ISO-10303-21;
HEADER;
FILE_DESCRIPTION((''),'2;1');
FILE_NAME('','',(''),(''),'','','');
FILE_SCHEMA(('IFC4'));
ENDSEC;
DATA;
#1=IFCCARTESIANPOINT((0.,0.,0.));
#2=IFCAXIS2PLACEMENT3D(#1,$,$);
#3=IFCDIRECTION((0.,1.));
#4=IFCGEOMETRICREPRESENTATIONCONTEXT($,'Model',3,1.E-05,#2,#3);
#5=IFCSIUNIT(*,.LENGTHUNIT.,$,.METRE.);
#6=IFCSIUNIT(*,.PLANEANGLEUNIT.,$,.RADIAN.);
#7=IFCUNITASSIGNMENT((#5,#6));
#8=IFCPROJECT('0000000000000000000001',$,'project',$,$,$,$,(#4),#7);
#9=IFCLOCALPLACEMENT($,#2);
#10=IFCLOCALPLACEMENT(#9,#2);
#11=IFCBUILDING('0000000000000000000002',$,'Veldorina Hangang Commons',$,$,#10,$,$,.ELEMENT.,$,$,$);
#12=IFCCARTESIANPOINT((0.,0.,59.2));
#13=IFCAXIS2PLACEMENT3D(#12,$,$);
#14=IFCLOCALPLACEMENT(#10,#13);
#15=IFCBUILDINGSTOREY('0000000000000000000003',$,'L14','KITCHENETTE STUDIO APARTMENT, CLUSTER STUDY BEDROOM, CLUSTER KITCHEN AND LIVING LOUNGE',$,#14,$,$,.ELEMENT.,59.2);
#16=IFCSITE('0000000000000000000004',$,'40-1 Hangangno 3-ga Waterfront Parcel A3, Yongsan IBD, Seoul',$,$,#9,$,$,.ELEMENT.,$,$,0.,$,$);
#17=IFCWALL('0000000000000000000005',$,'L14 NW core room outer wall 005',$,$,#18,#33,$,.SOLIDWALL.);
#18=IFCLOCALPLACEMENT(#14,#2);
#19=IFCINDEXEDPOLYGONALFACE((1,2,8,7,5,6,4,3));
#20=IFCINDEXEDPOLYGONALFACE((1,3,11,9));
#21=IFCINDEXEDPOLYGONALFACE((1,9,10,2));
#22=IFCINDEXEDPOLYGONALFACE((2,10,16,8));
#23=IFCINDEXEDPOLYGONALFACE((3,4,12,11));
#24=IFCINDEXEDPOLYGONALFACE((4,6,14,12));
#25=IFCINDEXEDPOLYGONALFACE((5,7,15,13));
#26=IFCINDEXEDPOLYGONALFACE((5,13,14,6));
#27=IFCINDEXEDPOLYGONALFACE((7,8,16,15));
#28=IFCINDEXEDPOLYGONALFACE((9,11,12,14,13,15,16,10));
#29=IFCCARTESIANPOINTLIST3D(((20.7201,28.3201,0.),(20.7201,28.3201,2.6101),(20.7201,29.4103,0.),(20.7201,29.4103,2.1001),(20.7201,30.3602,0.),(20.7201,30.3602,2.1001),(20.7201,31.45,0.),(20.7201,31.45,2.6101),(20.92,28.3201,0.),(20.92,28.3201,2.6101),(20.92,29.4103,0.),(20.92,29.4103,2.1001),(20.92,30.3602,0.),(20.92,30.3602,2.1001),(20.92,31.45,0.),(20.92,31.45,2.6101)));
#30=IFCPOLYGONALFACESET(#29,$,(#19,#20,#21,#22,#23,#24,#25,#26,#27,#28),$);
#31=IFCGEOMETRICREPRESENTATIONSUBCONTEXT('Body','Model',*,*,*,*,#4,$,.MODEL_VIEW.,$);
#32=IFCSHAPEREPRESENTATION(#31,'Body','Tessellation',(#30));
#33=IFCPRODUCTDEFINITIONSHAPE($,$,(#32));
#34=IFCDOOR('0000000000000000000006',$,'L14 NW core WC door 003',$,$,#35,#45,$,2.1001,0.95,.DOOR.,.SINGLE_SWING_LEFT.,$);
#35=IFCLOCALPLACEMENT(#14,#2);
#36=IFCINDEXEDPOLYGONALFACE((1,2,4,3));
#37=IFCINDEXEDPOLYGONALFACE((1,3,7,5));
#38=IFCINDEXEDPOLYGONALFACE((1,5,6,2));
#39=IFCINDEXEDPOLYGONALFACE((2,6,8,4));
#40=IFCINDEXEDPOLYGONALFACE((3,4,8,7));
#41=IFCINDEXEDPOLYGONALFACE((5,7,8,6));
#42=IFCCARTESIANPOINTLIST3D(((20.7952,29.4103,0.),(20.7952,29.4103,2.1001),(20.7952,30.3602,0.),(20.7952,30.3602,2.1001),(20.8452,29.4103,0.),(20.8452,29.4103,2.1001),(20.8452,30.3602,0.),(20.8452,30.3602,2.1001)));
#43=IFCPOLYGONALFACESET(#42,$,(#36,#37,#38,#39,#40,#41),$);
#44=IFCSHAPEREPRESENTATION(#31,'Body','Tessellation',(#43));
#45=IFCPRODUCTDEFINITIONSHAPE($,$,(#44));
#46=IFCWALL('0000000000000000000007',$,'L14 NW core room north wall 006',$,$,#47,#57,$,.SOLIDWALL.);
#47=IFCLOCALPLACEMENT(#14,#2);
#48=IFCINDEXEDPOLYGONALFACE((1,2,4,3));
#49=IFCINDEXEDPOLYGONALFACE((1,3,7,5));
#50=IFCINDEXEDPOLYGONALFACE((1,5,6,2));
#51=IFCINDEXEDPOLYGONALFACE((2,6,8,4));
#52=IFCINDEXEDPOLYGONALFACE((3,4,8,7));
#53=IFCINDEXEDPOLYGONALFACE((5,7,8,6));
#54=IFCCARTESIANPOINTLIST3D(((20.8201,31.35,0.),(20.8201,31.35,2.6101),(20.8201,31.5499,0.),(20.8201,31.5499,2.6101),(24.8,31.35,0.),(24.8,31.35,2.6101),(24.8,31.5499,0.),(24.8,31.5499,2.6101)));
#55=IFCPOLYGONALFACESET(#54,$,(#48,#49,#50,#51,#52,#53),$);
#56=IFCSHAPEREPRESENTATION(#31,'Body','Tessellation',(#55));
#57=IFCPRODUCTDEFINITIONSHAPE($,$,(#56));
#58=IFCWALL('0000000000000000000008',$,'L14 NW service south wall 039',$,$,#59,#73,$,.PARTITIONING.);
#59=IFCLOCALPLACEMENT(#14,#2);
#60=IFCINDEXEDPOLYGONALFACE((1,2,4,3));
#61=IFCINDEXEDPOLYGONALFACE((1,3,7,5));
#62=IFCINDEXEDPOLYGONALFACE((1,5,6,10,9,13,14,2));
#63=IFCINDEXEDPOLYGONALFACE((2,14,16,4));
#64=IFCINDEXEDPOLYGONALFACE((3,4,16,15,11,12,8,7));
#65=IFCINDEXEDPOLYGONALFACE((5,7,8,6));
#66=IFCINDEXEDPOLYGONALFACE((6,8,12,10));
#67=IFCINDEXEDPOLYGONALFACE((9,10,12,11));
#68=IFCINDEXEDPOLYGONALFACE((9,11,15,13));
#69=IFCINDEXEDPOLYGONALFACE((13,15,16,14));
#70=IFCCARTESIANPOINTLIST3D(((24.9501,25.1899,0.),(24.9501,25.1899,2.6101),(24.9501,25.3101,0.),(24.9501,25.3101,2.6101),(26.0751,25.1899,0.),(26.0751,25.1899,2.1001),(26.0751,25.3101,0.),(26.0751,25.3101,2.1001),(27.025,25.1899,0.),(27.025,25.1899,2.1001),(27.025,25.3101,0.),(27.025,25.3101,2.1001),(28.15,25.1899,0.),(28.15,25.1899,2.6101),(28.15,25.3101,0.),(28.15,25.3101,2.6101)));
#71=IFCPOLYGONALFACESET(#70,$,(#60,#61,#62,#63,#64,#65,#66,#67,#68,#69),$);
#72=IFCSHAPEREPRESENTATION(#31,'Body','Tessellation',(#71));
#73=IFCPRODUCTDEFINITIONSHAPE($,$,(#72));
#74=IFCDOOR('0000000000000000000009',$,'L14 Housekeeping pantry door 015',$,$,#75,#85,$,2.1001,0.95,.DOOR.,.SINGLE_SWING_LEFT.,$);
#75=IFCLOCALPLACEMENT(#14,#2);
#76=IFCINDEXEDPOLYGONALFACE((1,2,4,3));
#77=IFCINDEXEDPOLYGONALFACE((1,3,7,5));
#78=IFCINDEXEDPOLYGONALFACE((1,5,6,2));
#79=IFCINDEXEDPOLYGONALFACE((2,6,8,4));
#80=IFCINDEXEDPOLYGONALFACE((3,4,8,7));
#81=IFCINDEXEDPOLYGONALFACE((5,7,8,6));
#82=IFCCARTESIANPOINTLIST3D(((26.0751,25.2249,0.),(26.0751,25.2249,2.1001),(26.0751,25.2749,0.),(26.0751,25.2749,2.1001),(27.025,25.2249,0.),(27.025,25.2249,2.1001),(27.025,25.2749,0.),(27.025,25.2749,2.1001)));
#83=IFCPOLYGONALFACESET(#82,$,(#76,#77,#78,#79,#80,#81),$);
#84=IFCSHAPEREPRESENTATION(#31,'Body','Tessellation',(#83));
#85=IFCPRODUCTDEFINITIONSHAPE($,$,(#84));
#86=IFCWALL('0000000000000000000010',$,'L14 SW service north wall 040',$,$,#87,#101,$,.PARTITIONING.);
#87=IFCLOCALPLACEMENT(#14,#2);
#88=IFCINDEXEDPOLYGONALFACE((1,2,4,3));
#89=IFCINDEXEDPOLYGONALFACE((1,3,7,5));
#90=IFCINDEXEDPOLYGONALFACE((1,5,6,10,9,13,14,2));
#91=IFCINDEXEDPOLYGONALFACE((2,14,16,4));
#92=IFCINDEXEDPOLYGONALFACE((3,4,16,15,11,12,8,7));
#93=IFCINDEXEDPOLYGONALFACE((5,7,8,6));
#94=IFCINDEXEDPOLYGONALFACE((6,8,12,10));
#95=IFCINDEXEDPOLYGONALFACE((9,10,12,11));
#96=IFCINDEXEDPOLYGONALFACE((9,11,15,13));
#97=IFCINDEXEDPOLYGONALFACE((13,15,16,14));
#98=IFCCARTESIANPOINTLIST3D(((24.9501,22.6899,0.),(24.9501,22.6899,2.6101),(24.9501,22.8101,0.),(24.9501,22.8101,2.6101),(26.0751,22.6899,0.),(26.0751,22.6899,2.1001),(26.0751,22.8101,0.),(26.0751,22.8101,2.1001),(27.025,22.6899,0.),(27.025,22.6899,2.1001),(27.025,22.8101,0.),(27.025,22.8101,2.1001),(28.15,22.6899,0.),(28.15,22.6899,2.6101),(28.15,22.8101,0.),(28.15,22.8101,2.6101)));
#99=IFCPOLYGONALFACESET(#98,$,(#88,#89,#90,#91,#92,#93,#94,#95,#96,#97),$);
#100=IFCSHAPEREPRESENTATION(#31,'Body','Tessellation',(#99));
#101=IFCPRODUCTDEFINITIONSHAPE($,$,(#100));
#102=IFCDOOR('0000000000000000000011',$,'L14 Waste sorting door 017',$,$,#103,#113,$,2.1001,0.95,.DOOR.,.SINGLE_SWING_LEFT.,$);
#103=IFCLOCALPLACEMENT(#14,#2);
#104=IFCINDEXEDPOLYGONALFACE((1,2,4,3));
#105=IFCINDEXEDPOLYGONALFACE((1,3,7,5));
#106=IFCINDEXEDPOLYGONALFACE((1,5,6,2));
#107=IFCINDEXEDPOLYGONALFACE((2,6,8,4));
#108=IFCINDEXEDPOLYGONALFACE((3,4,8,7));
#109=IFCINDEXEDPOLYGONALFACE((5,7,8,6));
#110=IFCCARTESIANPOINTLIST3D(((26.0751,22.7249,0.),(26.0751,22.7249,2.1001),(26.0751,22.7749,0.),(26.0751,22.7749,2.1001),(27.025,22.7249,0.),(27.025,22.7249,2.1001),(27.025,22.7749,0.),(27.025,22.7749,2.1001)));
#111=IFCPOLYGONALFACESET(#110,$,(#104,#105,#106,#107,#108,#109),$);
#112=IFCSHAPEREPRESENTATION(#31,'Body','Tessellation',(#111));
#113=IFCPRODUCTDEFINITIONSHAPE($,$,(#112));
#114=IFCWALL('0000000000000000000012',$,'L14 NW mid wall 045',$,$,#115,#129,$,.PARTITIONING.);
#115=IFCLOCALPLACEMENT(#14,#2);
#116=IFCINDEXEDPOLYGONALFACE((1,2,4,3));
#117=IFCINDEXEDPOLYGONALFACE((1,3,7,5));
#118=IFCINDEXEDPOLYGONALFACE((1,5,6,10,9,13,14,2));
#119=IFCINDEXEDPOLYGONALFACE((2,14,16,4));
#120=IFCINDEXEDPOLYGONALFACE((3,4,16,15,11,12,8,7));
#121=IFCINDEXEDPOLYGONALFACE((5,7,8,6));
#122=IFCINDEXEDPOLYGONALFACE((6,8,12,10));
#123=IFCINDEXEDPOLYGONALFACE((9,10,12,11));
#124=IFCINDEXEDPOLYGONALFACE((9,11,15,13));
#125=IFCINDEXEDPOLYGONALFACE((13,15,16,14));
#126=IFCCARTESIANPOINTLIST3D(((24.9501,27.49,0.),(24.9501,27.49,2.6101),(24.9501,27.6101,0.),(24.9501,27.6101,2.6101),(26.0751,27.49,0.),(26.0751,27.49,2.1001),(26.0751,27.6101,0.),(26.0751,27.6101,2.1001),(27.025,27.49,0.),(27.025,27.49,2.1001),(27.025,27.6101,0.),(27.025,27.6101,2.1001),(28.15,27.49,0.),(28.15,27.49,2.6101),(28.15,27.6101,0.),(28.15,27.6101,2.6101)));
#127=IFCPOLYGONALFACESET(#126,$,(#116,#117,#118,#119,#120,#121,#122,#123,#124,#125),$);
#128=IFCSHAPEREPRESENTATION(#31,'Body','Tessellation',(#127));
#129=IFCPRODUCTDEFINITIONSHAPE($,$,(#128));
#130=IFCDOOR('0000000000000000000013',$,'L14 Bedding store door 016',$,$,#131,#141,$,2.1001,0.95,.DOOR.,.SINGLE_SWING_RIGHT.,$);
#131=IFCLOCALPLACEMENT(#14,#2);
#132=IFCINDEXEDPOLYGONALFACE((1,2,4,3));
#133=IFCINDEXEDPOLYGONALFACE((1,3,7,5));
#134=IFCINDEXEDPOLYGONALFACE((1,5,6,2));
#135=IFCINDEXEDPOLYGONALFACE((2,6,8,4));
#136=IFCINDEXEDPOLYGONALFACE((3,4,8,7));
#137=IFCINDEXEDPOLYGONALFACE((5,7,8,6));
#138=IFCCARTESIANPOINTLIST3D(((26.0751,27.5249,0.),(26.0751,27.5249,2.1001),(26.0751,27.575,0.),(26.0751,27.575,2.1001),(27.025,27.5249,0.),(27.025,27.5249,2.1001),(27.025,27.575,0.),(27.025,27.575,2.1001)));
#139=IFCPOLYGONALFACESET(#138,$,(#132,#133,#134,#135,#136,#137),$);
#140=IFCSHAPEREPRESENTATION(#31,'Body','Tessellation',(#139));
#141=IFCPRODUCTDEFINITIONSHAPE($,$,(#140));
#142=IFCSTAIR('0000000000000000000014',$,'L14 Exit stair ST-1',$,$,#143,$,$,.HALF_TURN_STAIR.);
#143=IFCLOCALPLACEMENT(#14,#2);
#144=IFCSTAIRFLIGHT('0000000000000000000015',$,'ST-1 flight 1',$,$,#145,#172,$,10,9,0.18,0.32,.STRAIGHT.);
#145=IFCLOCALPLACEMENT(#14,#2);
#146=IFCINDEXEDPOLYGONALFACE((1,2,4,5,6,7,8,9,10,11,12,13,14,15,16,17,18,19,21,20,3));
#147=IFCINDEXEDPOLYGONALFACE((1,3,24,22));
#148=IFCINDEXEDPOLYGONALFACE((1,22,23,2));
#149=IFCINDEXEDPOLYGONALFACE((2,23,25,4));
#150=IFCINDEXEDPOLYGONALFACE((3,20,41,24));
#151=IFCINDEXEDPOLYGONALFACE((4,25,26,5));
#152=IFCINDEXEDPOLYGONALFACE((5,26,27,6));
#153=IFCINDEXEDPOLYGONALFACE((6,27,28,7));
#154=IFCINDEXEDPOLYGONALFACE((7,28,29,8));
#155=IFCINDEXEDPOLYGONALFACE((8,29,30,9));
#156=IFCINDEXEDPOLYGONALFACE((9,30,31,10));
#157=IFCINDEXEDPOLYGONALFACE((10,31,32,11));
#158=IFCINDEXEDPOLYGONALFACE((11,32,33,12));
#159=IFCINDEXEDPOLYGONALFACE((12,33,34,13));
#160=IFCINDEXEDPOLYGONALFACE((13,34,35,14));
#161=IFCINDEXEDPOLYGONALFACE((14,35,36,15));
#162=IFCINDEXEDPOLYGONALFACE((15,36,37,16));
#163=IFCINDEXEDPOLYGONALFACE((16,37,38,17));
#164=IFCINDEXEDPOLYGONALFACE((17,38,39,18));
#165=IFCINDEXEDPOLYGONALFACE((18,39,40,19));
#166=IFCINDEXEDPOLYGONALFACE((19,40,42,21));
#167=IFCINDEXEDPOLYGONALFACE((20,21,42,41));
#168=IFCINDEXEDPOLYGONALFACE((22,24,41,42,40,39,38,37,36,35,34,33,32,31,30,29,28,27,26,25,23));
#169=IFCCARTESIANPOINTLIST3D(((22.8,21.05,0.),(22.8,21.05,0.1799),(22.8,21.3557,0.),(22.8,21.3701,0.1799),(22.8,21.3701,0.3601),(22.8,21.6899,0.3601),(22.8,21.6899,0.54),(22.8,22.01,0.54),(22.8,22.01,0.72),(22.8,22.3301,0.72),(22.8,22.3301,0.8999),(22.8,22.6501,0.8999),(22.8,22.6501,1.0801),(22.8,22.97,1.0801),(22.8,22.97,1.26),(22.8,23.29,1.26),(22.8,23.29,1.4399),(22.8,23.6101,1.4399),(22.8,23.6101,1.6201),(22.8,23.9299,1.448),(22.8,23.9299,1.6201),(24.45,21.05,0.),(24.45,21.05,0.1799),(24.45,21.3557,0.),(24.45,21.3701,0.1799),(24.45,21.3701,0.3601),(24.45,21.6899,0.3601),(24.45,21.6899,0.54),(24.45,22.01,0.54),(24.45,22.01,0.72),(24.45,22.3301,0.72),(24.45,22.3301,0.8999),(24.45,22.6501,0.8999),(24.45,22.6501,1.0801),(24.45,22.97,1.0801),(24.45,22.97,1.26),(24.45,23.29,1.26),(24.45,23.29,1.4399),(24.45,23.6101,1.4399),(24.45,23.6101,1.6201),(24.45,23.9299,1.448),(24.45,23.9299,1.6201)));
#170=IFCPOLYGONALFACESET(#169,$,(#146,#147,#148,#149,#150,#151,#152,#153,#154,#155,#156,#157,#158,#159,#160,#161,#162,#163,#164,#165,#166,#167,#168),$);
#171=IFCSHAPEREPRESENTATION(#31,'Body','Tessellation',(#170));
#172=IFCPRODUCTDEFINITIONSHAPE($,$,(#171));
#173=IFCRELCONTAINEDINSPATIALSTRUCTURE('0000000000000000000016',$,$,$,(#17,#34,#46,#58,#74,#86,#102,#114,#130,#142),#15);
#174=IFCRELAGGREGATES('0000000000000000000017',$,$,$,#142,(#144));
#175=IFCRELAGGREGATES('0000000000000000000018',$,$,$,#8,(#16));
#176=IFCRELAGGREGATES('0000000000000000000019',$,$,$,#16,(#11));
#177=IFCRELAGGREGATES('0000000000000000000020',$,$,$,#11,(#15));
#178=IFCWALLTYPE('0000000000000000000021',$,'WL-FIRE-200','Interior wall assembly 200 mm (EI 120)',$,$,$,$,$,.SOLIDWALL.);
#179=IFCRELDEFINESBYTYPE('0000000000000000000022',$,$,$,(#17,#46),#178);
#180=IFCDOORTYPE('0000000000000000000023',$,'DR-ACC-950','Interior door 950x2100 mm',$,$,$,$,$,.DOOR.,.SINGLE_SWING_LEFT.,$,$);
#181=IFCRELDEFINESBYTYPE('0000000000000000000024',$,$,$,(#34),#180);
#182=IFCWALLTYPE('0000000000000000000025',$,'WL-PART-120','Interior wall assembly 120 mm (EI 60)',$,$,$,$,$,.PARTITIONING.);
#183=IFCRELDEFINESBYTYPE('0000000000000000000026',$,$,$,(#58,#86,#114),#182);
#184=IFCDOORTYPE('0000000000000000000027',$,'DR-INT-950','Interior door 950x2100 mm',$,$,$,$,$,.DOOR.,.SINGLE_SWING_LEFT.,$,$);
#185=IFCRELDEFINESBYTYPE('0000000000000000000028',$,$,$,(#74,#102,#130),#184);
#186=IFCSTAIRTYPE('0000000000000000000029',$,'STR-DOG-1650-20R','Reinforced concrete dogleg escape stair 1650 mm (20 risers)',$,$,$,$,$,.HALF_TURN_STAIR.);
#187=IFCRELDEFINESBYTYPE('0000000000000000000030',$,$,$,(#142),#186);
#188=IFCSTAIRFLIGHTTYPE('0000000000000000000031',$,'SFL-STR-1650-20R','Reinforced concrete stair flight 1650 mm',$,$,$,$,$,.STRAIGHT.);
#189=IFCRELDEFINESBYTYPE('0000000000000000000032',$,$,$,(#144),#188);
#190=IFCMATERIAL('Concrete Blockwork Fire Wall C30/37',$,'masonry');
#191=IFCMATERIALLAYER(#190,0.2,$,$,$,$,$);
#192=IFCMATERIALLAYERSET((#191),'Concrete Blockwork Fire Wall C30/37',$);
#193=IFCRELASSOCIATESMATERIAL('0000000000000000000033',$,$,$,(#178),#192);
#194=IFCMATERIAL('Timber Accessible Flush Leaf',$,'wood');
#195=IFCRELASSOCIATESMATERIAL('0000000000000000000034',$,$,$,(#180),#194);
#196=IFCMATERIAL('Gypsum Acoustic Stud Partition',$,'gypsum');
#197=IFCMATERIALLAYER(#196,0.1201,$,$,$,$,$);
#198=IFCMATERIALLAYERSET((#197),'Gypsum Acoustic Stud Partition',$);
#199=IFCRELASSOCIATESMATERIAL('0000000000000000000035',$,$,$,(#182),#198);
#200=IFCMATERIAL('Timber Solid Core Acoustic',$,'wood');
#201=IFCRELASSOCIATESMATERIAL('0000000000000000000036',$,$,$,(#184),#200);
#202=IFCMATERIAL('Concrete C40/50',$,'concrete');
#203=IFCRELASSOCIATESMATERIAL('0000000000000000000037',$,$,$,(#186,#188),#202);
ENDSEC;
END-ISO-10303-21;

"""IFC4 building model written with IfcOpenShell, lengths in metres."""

from ifc_helpers import new_model, si_unit, direction, frame, frame_2d, origin, place, context, subcontext, project, spatial, polyline, rectangle, outline, extrude, material, layer, layer_set, type_object, element, fill, aggregate, save


model = new_model("IFC4")

# Units and contexts
model_context = context("Model", 3, precision=1e-05, world=origin(), true_north=direction((0.0, 1.0)))
body_context = subcontext(model_context, "Body", "Model", "MODEL_VIEW")
ifc_project = project(units=[si_unit("LENGTHUNIT", "METRE"), si_unit("PLANEANGLEUNIT", "RADIAN")], contexts=[model_context])

# Site, building, storey
site_placement = place(None, origin())
site = spatial("IfcSite", under=ifc_project, at=site_placement, Name="40-1 Hangangno 3-ga Waterfront Parcel A3, Yongsan IBD, Seoul", CompositionType="ELEMENT", RefElevation=0.0)
building_placement = place(site_placement, origin())
building = spatial("IfcBuilding", under=site, at=building_placement, Name="Veldorina Hangang Commons", CompositionType="ELEMENT")
storey_placement = place(building_placement, frame((0.0, 0.0, 59.2)))
storey = spatial("IfcBuildingStorey", under=building, at=storey_placement, Name="L14", Description="KITCHENETTE STUDIO APARTMENT, CLUSTER STUDY BEDROOM, CLUSTER KITCHEN AND LIVING LOUNGE", CompositionType="ELEMENT", Elevation=59.2)

# Wall, opening, door
ifc_material_1 = material(Name="Concrete Blockwork Fire Wall C30/37", Category="masonry")
ifc_layer_1 = layer(ifc_material_1, 0.2)
ifc_layer_set_1 = layer_set([ifc_layer_1], Name="Concrete Blockwork Fire Wall C30/37")
wall_type_1 = type_object("IfcWallType", Name="WL-FIRE-200", Description="Interior wall assembly 200 mm (EI 120)", PredefinedType="SOLIDWALL", material=ifc_layer_set_1)
wall_1_placement = place(storey_placement, frame((20.8201, 28.3201, 0.0), z_axis=(0.0, 0.0, 1.0), x_axis=(0.0, 1.0, 0.0)))
wall_1 = element("IfcWall", 1, at=wall_1_placement, inside=storey, type_object=wall_type_1, Name="L14 NW core room outer wall 005", PredefinedType="SOLIDWALL", context=body_context, shape_type="SweptSolid", body=[
    extrude(rectangle(XDim=3.1299, YDim=0.2, at=frame_2d((1.5649, 0.0))), origin(), (0.0, 0.0, 1.0), 2.6101),
])
opening_1_placement = place(wall_1_placement, frame((1.0901, 0.0, 0.0)))
opening_1 = element("IfcOpeningElement", 2, at=opening_1_placement, cuts=wall_1, PredefinedType="OPENING", context=body_context, shape_type="SweptSolid", body=[
    extrude(rectangle(XDim=0.95, YDim=2.1001, at=frame_2d((0.4751, 1.05))), frame((0.0, 0.1099, 0.0), z_axis=(0.0, -1.0, 0.0), x_axis=(1.0, 0.0, 0.0)), (0.0, 0.0, 1.0), 0.22),
])
ifc_material_2 = material(Name="Timber Accessible Flush Leaf", Category="wood")
door_type_1 = type_object("IfcDoorType", Name="DR-ACC-950", Description="Interior door 950x2100 mm", OperationType="SINGLE_SWING_LEFT", PredefinedType="DOOR", material=ifc_material_2)
door_1_placement = place(opening_1_placement, origin())
door_1 = element("IfcDoor", 3, at=door_1_placement, inside=storey, type_object=door_type_1, Name="L14 NW core WC door 003", OperationType="SINGLE_SWING_LEFT", OverallHeight=2.1001, OverallWidth=0.95, PredefinedType="DOOR", context=body_context, shape_type="SweptSolid", body=[
    extrude(rectangle(XDim=0.95, YDim=2.1001, at=frame_2d((0.4751, 1.05))), frame((0.0, 0.0249, 0.0), z_axis=(0.0, -1.0, 0.0), x_axis=(1.0, 0.0, 0.0)), (0.0, 0.0, 1.0), 0.05),
])
fill(opening_1, door_1)

# Wall
wall_2_placement = place(storey_placement, frame((20.8201, 31.45, 0.0), z_axis=(0.0, 0.0, 1.0), x_axis=(1.0, 0.0, 0.0)))
element("IfcWall", 4, at=wall_2_placement, inside=storey, type_object=wall_type_1, Name="L14 NW core room north wall 006", PredefinedType="SOLIDWALL", context=body_context, shape_type="SweptSolid", body=[
    extrude(rectangle(XDim=3.98, YDim=0.2, at=frame_2d((1.99, 0.0))), origin(), (0.0, 0.0, 1.0), 2.6101),
])

# Walls, openings, doors
ifc_material_3 = material(Name="Gypsum Acoustic Stud Partition", Category="gypsum")
ifc_layer_2 = layer(ifc_material_3, 0.1201)
ifc_layer_set_2 = layer_set([ifc_layer_2], Name="Gypsum Acoustic Stud Partition")
wall_type_2 = type_object("IfcWallType", Name="WL-PART-120", Description="Interior wall assembly 120 mm (EI 60)", PredefinedType="PARTITIONING", material=ifc_layer_set_2)
wall_3_placement = place(storey_placement, frame((24.95, 25.25, 0.0), z_axis=(0.0, 0.0, 1.0), x_axis=(1.0, 0.0, 0.0)))
wall_3 = element("IfcWall", 5, at=wall_3_placement, inside=storey, type_object=wall_type_2, Name="L14 NW service south wall 039", PredefinedType="PARTITIONING", context=body_context, shape_type="SweptSolid", body=[
    extrude(rectangle(XDim=3.2, YDim=0.1201, at=frame_2d((1.6001, 0.0))), origin(), (0.0, 0.0, 1.0), 2.6101),
])
opening_2_placement = place(wall_3_placement, frame((1.125, 0.0, 0.0)))
opening_2 = element("IfcOpeningElement", 6, at=opening_2_placement, cuts=wall_3, PredefinedType="OPENING", context=body_context, shape_type="SweptSolid", body=[
    extrude(rectangle(XDim=0.95, YDim=2.1001, at=frame_2d((0.4751, 1.05))), frame((0.0, 0.0701, 0.0), z_axis=(0.0, -1.0, 0.0), x_axis=(1.0, 0.0, 0.0)), (0.0, 0.0, 1.0), 0.1401),
])
ifc_material_4 = material(Name="Timber Solid Core Acoustic", Category="wood")
door_type_2 = type_object("IfcDoorType", Name="DR-INT-950", Description="Interior door 950x2100 mm", OperationType="SINGLE_SWING_LEFT", PredefinedType="DOOR", material=ifc_material_4)
door_2_placement = place(opening_2_placement, origin())
door_2 = element("IfcDoor", 7, at=door_2_placement, inside=storey, type_object=door_type_2, Name="L14 Housekeeping pantry door 015", OperationType="SINGLE_SWING_LEFT", OverallHeight=2.1001, OverallWidth=0.95, PredefinedType="DOOR", context=body_context, shape_type="SweptSolid", body=[
    extrude(rectangle(XDim=0.95, YDim=2.1001, at=frame_2d((0.4751, 1.05))), frame((0.0, 0.0249, 0.0), z_axis=(0.0, -1.0, 0.0), x_axis=(1.0, 0.0, 0.0)), (0.0, 0.0, 1.0), 0.05),
])
fill(opening_2, door_2)
wall_4_placement = place(storey_placement, frame((24.95, 22.75, 0.0), z_axis=(0.0, 0.0, 1.0), x_axis=(1.0, 0.0, 0.0)))
wall_4 = element("IfcWall", 8, at=wall_4_placement, inside=storey, type_object=wall_type_2, Name="L14 SW service north wall 040", PredefinedType="PARTITIONING", context=body_context, shape_type="SweptSolid", body=[
    extrude(rectangle(XDim=3.2, YDim=0.1201, at=frame_2d((1.6001, 0.0))), origin(), (0.0, 0.0, 1.0), 2.6101),
])
opening_3_placement = place(wall_4_placement, frame((1.125, 0.0, 0.0)))
opening_3 = element("IfcOpeningElement", 9, at=opening_3_placement, cuts=wall_4, PredefinedType="OPENING", context=body_context, shape_type="SweptSolid", body=[
    extrude(rectangle(XDim=0.95, YDim=2.1001, at=frame_2d((0.4751, 1.05))), frame((0.0, 0.0701, 0.0), z_axis=(0.0, -1.0, 0.0), x_axis=(1.0, 0.0, 0.0)), (0.0, 0.0, 1.0), 0.1401),
])
door_3_placement = place(opening_3_placement, origin())
door_3 = element("IfcDoor", 10, at=door_3_placement, inside=storey, type_object=door_type_2, Name="L14 Waste sorting door 017", OperationType="SINGLE_SWING_LEFT", OverallHeight=2.1001, OverallWidth=0.95, PredefinedType="DOOR", context=body_context, shape_type="SweptSolid", body=[
    extrude(rectangle(XDim=0.95, YDim=2.1001, at=frame_2d((0.4751, 1.05))), frame((0.0, 0.0249, 0.0), z_axis=(0.0, -1.0, 0.0), x_axis=(1.0, 0.0, 0.0)), (0.0, 0.0, 1.0), 0.05),
])
fill(opening_3, door_3)
wall_5_placement = place(storey_placement, frame((24.95, 27.55, 0.0), z_axis=(0.0, 0.0, 1.0), x_axis=(1.0, 0.0, 0.0)))
wall_5 = element("IfcWall", 11, at=wall_5_placement, inside=storey, type_object=wall_type_2, Name="L14 NW mid wall 045", PredefinedType="PARTITIONING", context=body_context, shape_type="SweptSolid", body=[
    extrude(rectangle(XDim=3.2, YDim=0.1201, at=frame_2d((1.6001, 0.0))), origin(), (0.0, 0.0, 1.0), 2.6101),
])
opening_4_placement = place(wall_5_placement, frame((1.125, 0.0, 0.0)))
opening_4 = element("IfcOpeningElement", 12, at=opening_4_placement, cuts=wall_5, PredefinedType="OPENING", context=body_context, shape_type="SweptSolid", body=[
    extrude(rectangle(XDim=0.95, YDim=2.1001, at=frame_2d((0.4751, 1.05))), frame((0.0, 0.0701, 0.0), z_axis=(0.0, -1.0, 0.0), x_axis=(1.0, 0.0, 0.0)), (0.0, 0.0, 1.0), 0.1401),
])
door_4_placement = place(opening_4_placement, origin())
door_4 = element("IfcDoor", 13, at=door_4_placement, inside=storey, type_object=door_type_2, Name="L14 Bedding store door 016", OperationType="SINGLE_SWING_RIGHT", OverallHeight=2.1001, OverallWidth=0.95, PredefinedType="DOOR", context=body_context, shape_type="SweptSolid", body=[
    extrude(rectangle(XDim=0.95, YDim=2.1001, at=frame_2d((0.4751, 1.05))), frame((0.0, 0.0249, 0.0), z_axis=(0.0, -1.0, 0.0), x_axis=(1.0, 0.0, 0.0)), (0.0, 0.0, 1.0), 0.05),
])
fill(opening_4, door_4)

# Stair, stair flight
ifc_material_5 = material(Name="Concrete C40/50", Category="concrete")
stair_type = type_object("IfcStairType", Name="STR-DOG-1650-20R", Description="Reinforced concrete dogleg escape stair 1650 mm (20 risers)", PredefinedType="HALF_TURN_STAIR", material=ifc_material_5)
stair_placement = place(storey_placement, origin())
stair = element("IfcStair", 14, at=stair_placement, inside=storey, type_object=stair_type, Name="L14 Exit stair ST-1", PredefinedType="HALF_TURN_STAIR")
stair_flight_type = type_object("IfcStairFlightType", Name="SFL-STR-1650-20R", Description="Reinforced concrete stair flight 1650 mm", PredefinedType="STRAIGHT", material=ifc_material_5)
stair_flight_1_placement = place(storey_placement, frame((23.625, 21.05, 0.0), z_axis=(0.0, 0.0, 1.0), x_axis=(0.0, 1.0, 0.0)))
stair_flight_1 = element("IfcStairFlight", 15, at=stair_flight_1_placement, type_object=stair_flight_type, Name="ST-1 flight 1", NumberOfRisers=10, NumberOfTreads=9, PredefinedType="STRAIGHT", RiserHeight=0.18, TreadLength=0.32, context=body_context, shape_type="SweptSolid", body=[
    extrude(outline(polyline([(0.0, 0.0), (0.0, 0.1799), (0.3201, 0.1799), (0.3201, 0.3601), (0.6399, 0.3601), (0.6399, 0.54), (0.96, 0.54), (0.96, 0.72), (1.28, 0.72), (1.28, 0.8999), (1.6001, 0.8999), (1.6001, 1.0801), (1.9199, 1.0801), (1.9199, 1.26), (2.24, 1.26), (2.24, 1.4399), (2.5601, 1.4399), (2.5601, 1.6201), (2.8799, 1.6201), (2.8799, 1.8), (2.8799, 1.448), (0.3057, 0.0), (0.0, 0.0)])), frame((0.0, 0.825, 0.0), z_axis=(0.0, -1.0, 0.0), x_axis=(1.0, 0.0, 0.0)), (0.0, 0.0, 1.0), 1.6499),
])
aggregate(stair, [stair_flight_1])

save(model, "model.ifc")
